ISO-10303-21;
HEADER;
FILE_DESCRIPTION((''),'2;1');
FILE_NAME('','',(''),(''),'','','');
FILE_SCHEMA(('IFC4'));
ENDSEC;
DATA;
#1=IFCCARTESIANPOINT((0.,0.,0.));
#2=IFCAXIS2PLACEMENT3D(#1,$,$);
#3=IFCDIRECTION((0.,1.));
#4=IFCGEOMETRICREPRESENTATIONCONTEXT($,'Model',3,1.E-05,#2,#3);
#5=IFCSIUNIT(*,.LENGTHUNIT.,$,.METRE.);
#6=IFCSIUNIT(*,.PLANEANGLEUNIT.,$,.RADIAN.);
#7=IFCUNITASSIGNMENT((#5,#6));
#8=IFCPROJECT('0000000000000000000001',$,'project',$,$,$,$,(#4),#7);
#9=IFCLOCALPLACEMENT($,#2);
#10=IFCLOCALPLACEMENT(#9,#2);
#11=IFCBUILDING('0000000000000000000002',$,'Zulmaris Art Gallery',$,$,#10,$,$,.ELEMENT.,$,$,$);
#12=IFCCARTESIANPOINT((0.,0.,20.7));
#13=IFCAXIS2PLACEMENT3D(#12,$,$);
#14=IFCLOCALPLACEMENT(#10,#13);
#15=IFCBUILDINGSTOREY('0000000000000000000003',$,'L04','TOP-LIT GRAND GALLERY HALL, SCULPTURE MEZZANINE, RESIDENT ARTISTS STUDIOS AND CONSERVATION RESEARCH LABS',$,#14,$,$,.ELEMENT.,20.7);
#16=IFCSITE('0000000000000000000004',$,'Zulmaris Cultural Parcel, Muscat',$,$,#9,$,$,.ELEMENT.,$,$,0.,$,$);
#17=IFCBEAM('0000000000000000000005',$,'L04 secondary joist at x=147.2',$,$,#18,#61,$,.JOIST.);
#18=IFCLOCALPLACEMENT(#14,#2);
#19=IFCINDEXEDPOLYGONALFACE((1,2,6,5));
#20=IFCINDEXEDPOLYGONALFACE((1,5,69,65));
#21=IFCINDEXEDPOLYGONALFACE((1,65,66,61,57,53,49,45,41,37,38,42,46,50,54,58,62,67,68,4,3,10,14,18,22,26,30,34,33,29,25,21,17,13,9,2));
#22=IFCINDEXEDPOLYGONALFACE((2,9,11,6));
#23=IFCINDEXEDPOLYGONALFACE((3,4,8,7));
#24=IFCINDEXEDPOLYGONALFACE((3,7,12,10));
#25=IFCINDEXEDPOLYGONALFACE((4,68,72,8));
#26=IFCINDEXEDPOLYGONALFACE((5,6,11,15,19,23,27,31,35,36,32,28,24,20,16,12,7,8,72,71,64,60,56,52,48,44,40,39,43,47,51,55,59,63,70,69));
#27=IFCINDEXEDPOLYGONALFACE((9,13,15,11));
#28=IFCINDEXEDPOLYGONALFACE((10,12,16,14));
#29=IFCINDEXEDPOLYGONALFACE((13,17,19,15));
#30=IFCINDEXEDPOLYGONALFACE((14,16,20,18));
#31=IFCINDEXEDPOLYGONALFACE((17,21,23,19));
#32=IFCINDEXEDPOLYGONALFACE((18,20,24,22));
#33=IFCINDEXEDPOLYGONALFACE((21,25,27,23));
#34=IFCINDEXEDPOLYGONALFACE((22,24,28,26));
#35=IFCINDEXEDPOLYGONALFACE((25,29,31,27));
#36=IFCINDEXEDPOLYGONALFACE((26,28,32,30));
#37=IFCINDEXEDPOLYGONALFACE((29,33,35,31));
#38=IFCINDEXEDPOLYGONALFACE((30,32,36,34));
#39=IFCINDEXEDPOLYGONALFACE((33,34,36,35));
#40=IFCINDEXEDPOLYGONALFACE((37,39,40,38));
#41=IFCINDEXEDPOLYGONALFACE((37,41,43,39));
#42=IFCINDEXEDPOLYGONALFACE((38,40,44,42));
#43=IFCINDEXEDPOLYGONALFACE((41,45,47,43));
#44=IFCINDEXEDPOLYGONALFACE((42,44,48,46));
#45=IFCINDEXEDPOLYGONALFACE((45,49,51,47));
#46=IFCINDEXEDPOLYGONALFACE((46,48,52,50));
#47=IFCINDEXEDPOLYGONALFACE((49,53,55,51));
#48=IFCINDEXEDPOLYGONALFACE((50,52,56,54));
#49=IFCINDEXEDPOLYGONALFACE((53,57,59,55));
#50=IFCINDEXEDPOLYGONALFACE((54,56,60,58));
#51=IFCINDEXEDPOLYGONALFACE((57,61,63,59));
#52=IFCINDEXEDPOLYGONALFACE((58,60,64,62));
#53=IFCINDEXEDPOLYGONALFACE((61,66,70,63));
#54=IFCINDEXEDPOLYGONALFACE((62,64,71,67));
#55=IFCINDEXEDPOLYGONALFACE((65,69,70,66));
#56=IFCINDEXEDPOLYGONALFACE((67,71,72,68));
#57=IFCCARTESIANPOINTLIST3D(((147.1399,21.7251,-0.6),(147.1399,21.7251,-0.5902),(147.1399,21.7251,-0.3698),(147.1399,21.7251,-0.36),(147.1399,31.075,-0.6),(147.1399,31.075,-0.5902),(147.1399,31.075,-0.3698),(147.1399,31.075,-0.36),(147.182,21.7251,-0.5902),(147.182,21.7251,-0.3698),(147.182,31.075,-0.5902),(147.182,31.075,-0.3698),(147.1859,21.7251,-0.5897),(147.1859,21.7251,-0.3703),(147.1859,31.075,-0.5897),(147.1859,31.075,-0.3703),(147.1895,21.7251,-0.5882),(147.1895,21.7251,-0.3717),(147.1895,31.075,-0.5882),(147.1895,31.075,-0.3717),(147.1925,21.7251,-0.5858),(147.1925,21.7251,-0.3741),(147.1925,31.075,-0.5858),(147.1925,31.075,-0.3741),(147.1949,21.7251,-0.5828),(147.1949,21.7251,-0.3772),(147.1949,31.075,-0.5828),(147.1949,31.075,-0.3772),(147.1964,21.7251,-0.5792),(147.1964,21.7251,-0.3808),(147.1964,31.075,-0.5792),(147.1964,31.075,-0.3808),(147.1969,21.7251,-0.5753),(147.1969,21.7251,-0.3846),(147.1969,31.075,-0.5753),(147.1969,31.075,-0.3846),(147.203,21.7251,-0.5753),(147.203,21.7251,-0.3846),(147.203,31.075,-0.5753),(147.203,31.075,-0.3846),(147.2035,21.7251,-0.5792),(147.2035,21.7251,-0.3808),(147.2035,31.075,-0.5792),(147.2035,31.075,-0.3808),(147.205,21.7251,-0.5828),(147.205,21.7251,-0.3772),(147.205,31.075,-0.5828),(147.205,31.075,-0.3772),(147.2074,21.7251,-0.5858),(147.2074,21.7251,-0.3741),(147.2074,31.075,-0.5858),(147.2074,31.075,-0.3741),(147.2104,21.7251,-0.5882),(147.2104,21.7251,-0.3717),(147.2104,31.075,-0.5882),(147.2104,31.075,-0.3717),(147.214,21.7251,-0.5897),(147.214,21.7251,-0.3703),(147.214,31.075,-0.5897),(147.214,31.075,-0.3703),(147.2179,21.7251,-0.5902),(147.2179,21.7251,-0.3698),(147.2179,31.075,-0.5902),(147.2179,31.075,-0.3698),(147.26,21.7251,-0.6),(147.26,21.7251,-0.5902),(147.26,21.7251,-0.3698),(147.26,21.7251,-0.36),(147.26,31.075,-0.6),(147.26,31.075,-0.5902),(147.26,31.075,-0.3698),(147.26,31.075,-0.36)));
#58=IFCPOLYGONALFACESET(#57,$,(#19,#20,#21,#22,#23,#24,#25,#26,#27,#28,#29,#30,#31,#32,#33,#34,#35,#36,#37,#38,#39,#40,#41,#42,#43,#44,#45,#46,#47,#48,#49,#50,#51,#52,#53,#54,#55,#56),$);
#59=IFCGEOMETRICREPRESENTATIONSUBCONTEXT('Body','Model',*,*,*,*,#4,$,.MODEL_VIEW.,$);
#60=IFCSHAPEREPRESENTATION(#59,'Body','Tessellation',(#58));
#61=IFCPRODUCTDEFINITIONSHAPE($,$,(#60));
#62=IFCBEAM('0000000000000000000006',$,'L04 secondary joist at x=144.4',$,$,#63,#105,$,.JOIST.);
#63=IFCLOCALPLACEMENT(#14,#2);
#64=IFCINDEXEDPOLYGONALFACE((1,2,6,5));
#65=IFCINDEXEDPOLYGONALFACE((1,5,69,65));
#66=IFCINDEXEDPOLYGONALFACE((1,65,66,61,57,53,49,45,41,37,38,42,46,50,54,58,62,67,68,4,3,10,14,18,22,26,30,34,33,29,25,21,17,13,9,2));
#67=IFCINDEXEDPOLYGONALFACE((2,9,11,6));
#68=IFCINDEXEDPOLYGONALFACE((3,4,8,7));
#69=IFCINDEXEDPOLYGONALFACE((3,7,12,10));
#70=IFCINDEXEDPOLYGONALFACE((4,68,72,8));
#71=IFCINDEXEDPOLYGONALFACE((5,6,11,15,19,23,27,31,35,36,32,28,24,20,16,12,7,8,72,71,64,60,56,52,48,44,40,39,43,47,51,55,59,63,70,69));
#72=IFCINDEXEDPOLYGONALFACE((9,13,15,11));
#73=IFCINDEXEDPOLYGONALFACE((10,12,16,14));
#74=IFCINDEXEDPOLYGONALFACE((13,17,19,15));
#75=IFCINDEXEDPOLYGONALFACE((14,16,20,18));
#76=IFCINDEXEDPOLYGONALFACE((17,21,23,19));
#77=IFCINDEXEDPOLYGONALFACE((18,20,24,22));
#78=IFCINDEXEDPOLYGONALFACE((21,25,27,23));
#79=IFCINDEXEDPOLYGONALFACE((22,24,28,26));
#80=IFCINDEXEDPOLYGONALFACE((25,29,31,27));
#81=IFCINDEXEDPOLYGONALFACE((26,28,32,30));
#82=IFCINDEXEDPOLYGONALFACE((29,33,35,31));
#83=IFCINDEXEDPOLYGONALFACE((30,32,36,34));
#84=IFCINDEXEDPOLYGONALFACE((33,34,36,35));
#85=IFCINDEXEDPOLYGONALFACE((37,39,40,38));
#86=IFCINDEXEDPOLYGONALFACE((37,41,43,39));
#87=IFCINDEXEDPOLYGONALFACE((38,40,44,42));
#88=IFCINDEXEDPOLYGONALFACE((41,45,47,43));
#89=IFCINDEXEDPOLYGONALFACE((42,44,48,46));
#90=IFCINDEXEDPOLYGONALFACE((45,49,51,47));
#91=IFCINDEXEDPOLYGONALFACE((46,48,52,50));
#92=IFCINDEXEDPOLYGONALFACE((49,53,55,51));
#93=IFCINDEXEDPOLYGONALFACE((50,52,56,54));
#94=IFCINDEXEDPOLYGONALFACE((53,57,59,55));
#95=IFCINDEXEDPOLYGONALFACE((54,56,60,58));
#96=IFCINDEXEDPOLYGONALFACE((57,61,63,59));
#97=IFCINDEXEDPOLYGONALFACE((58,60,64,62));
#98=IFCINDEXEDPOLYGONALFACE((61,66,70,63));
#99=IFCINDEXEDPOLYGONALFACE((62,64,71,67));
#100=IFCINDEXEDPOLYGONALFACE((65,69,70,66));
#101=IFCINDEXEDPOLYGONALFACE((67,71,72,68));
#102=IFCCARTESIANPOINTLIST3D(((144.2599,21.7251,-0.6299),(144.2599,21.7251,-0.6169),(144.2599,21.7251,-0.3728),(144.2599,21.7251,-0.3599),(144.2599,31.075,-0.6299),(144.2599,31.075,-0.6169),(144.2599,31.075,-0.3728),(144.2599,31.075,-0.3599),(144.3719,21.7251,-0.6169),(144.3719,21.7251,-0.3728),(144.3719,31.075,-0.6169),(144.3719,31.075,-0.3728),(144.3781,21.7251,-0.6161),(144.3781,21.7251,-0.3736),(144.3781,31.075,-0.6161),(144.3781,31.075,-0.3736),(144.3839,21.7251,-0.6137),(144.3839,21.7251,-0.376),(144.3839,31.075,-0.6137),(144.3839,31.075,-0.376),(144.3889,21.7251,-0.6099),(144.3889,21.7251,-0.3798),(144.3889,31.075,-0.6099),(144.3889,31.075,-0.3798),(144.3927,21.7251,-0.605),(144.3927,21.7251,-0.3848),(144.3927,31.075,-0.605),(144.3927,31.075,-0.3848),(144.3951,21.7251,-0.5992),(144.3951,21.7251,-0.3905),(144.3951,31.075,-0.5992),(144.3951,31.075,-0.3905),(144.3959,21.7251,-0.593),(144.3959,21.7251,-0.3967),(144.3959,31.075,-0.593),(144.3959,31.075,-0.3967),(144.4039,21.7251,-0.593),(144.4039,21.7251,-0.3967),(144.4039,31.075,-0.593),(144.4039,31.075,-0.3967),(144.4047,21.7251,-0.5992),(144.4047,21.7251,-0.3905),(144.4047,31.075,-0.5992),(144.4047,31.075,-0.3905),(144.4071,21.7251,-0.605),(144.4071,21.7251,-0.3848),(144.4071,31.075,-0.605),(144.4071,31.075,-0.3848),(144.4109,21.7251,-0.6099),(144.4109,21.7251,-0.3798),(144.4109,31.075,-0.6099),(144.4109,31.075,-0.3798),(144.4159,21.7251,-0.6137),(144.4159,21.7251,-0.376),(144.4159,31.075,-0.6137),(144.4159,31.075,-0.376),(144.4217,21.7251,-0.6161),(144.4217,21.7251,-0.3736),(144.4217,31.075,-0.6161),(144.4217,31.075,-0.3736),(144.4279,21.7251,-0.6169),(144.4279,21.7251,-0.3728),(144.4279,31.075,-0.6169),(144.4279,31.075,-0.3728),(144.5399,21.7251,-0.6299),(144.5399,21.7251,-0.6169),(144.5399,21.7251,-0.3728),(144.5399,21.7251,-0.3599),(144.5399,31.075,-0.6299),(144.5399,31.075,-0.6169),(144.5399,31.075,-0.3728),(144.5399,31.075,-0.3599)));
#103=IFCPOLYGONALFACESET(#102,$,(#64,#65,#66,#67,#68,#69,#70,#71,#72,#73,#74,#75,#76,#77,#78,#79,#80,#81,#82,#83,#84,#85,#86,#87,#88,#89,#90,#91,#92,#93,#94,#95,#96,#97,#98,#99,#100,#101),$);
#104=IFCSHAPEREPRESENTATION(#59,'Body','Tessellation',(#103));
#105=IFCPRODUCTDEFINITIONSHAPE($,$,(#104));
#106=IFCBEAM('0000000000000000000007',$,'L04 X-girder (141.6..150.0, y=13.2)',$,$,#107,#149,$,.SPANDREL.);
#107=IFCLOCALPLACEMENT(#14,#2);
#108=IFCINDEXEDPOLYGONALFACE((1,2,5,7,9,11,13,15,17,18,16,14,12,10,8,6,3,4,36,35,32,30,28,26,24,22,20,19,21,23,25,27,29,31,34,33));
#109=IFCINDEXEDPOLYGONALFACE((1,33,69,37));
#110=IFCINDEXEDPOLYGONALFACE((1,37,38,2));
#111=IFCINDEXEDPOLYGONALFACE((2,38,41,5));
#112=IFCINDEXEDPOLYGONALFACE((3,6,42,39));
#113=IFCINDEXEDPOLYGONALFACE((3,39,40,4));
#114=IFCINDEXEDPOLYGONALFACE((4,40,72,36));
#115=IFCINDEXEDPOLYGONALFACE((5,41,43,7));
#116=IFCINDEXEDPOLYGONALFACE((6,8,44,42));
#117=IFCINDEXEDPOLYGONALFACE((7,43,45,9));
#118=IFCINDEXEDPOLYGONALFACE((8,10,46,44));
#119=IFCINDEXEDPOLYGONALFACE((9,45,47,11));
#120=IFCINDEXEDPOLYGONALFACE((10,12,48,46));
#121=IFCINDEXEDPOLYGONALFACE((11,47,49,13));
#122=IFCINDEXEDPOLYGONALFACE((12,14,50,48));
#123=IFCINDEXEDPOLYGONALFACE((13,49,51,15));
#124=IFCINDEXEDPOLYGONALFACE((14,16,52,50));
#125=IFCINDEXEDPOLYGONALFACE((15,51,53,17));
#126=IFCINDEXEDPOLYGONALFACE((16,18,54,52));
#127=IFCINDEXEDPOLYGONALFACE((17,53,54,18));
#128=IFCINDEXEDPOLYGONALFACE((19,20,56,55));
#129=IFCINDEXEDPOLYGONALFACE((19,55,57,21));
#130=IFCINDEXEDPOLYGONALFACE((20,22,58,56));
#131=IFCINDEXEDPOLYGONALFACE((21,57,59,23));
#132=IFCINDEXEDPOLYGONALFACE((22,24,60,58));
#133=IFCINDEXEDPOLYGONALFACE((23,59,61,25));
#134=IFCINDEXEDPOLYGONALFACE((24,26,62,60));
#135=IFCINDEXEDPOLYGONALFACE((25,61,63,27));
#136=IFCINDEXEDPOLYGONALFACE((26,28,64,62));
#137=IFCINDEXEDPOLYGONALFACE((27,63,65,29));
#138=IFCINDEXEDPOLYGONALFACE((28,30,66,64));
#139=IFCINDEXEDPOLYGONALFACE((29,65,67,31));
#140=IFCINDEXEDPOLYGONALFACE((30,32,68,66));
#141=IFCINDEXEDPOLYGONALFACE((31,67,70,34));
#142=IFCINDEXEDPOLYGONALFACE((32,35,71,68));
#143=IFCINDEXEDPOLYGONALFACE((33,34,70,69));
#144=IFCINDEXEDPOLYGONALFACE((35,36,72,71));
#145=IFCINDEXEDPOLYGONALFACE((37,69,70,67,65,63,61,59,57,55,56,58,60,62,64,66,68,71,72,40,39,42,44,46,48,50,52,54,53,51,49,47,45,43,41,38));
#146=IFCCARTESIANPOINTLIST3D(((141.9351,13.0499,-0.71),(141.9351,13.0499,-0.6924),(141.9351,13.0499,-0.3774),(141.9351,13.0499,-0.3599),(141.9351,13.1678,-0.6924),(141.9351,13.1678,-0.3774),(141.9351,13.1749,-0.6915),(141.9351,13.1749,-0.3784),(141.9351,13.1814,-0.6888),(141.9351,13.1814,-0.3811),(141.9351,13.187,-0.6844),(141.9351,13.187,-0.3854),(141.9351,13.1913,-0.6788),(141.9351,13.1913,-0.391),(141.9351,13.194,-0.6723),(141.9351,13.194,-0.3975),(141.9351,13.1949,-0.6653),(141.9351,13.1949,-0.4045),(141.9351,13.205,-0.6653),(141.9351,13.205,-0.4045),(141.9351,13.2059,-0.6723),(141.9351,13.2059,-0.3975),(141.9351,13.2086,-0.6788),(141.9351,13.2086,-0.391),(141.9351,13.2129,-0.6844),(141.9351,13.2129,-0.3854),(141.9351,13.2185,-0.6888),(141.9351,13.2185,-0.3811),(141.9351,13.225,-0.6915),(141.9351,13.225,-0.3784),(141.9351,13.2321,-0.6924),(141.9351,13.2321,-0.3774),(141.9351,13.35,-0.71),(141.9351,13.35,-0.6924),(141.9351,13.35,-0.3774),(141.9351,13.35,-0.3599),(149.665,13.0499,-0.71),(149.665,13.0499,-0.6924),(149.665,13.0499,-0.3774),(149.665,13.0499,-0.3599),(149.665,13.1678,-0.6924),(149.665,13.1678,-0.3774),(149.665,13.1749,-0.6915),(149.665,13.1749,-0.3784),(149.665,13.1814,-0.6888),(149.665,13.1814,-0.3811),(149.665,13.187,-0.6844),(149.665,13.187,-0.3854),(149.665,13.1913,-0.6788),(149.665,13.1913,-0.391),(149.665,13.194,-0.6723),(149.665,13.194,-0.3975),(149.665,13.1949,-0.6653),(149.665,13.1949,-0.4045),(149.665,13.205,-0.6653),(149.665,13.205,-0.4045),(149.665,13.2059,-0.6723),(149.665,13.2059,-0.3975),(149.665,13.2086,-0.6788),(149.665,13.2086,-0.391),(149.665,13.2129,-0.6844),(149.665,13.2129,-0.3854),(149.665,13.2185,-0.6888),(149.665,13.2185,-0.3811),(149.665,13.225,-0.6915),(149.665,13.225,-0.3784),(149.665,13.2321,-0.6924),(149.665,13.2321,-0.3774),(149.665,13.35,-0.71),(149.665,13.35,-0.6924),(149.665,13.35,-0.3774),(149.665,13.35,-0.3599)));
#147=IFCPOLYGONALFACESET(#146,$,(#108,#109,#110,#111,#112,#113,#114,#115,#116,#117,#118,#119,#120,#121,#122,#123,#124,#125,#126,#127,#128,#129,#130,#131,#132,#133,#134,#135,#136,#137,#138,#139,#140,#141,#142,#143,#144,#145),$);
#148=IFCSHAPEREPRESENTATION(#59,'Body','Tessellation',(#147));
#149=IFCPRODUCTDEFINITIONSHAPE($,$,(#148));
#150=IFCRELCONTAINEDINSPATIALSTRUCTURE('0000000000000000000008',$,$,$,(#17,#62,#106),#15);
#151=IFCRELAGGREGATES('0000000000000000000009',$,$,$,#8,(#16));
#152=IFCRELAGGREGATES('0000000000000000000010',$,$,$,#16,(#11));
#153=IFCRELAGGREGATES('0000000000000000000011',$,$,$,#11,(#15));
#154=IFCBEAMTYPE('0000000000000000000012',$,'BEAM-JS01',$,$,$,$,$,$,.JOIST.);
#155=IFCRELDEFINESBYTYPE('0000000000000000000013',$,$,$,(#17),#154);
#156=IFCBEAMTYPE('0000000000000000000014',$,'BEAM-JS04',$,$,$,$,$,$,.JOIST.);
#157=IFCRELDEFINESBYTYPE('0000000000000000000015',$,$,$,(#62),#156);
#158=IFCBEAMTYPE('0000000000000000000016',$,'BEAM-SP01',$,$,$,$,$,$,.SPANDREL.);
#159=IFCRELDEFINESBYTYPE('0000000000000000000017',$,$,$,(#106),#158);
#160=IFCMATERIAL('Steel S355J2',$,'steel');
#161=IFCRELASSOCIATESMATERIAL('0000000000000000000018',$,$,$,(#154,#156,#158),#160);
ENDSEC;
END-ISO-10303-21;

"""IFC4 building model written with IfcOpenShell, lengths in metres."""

from ifc_helpers import new_model, si_unit, direction, frame, origin, origin_2d, place, context, subcontext, project, spatial, i_section, extrude, material, material_profile, profile_set, type_object, element, save


model = new_model("IFC4")

# Units and contexts
model_context = context("Model", 3, precision=1e-05, world=origin(), true_north=direction((0.0, 1.0)))
body_context = subcontext(model_context, "Body", "Model", "MODEL_VIEW")
ifc_project = project(units=[si_unit("LENGTHUNIT", "METRE"), si_unit("PLANEANGLEUNIT", "RADIAN")], contexts=[model_context])

# Site, building, storey
site_placement = place(None, origin())
site = spatial("IfcSite", under=ifc_project, at=site_placement, Name="Zulmaris Cultural Parcel, Muscat", CompositionType="ELEMENT", RefElevation=0.0)
building_placement = place(site_placement, origin())
building = spatial("IfcBuilding", under=site, at=building_placement, Name="Zulmaris Art Gallery", CompositionType="ELEMENT")
storey_placement = place(building_placement, frame((0.0, 0.0, 20.7)))
storey = spatial("IfcBuildingStorey", under=building, at=storey_placement, Name="L04", Description="TOP-LIT GRAND GALLERY HALL, SCULPTURE MEZZANINE, RESIDENT ARTISTS STUDIOS AND CONSERVATION RESEARCH LABS", CompositionType="ELEMENT", Elevation=20.7)

# Beams
ifc_material_1 = material(Name="Steel S355J2", Category="steel")
ifc_material_profile_1 = material_profile(ifc_material_1, i_section(OverallWidth=0.1201, OverallDepth=0.24, WebThickness=0.0061, FlangeThickness=0.0098, FilletRadius=0.0149, at=origin_2d()), Name="IPE 240")
ifc_profile_set_1 = profile_set([ifc_material_profile_1], Name="Steel S355J2")
beam_type_1 = type_object("IfcBeamType", Name="BEAM-JS01", PredefinedType="JOIST", material=ifc_profile_set_1)
for number, where, z_axis, x_axis, name in (
    (1, (147.2, 21.7251, -0.48), (0.0, 1.0, 0.0), (-1.0, 0.0, 0.0), "L04 secondary joist at x=147.2"),
):
    element("IfcBeam", number, at=place(storey_placement, frame(where, z_axis=z_axis, x_axis=x_axis)), inside=storey, type_object=beam_type_1, Name=name, PredefinedType="JOIST", context=body_context, shape_type="SweptSolid", body=[
        extrude(i_section(OverallWidth=0.1201, OverallDepth=0.24, WebThickness=0.0061, FlangeThickness=0.0098, FilletRadius=0.0149, at=origin_2d()), origin(), (0.0, 0.0, 1.0), 9.3499),
    ])
ifc_material_profile_2 = material_profile(ifc_material_1, i_section(OverallWidth=0.28, OverallDepth=0.27, WebThickness=0.0081, FlangeThickness=0.0129, FilletRadius=0.0239, at=origin_2d()), Name="HEA 280")
ifc_profile_set_2 = profile_set([ifc_material_profile_2], Name="Steel S355J2")
beam_type_2 = type_object("IfcBeamType", Name="BEAM-JS04", PredefinedType="JOIST", material=ifc_profile_set_2)
beam_1_placement = place(storey_placement, frame((144.3999, 21.7251, -0.4949), z_axis=(0.0, 1.0, 0.0), x_axis=(-1.0, 0.0, 0.0)))
element("IfcBeam", 2, at=beam_1_placement, inside=storey, type_object=beam_type_2, Name="L04 secondary joist at x=144.4", PredefinedType="JOIST", context=body_context, shape_type="SweptSolid", body=[
    extrude(i_section(OverallWidth=0.28, OverallDepth=0.27, WebThickness=0.0081, FlangeThickness=0.0129, FilletRadius=0.0239, at=origin_2d()), origin(), (0.0, 0.0, 1.0), 9.3499),
])
ifc_material_profile_3 = material_profile(ifc_material_1, i_section(OverallWidth=0.3, OverallDepth=0.3501, WebThickness=0.01, FlangeThickness=0.0176, FilletRadius=0.0271, at=origin_2d()), Name="HEA 360")
ifc_profile_set_3 = profile_set([ifc_material_profile_3], Name="Steel S355J2")
beam_type_3 = type_object("IfcBeamType", Name="BEAM-SP01", PredefinedType="SPANDREL", material=ifc_profile_set_3)
beam_2_placement = place(storey_placement, frame((141.9351, 13.2, -0.5349), z_axis=(1.0, 0.0, 0.0), x_axis=(0.0, 1.0, 0.0)))
element("IfcBeam", 3, at=beam_2_placement, inside=storey, type_object=beam_type_3, Name="L04 X-girder (141.6..150.0, y=13.2)", PredefinedType="SPANDREL", context=body_context, shape_type="SweptSolid", body=[
    extrude(i_section(OverallWidth=0.3, OverallDepth=0.3501, WebThickness=0.01, FlangeThickness=0.0176, FilletRadius=0.0271, at=origin_2d()), origin(), (0.0, 0.0, 1.0), 7.73),
])

save(model, "model.ifc")
